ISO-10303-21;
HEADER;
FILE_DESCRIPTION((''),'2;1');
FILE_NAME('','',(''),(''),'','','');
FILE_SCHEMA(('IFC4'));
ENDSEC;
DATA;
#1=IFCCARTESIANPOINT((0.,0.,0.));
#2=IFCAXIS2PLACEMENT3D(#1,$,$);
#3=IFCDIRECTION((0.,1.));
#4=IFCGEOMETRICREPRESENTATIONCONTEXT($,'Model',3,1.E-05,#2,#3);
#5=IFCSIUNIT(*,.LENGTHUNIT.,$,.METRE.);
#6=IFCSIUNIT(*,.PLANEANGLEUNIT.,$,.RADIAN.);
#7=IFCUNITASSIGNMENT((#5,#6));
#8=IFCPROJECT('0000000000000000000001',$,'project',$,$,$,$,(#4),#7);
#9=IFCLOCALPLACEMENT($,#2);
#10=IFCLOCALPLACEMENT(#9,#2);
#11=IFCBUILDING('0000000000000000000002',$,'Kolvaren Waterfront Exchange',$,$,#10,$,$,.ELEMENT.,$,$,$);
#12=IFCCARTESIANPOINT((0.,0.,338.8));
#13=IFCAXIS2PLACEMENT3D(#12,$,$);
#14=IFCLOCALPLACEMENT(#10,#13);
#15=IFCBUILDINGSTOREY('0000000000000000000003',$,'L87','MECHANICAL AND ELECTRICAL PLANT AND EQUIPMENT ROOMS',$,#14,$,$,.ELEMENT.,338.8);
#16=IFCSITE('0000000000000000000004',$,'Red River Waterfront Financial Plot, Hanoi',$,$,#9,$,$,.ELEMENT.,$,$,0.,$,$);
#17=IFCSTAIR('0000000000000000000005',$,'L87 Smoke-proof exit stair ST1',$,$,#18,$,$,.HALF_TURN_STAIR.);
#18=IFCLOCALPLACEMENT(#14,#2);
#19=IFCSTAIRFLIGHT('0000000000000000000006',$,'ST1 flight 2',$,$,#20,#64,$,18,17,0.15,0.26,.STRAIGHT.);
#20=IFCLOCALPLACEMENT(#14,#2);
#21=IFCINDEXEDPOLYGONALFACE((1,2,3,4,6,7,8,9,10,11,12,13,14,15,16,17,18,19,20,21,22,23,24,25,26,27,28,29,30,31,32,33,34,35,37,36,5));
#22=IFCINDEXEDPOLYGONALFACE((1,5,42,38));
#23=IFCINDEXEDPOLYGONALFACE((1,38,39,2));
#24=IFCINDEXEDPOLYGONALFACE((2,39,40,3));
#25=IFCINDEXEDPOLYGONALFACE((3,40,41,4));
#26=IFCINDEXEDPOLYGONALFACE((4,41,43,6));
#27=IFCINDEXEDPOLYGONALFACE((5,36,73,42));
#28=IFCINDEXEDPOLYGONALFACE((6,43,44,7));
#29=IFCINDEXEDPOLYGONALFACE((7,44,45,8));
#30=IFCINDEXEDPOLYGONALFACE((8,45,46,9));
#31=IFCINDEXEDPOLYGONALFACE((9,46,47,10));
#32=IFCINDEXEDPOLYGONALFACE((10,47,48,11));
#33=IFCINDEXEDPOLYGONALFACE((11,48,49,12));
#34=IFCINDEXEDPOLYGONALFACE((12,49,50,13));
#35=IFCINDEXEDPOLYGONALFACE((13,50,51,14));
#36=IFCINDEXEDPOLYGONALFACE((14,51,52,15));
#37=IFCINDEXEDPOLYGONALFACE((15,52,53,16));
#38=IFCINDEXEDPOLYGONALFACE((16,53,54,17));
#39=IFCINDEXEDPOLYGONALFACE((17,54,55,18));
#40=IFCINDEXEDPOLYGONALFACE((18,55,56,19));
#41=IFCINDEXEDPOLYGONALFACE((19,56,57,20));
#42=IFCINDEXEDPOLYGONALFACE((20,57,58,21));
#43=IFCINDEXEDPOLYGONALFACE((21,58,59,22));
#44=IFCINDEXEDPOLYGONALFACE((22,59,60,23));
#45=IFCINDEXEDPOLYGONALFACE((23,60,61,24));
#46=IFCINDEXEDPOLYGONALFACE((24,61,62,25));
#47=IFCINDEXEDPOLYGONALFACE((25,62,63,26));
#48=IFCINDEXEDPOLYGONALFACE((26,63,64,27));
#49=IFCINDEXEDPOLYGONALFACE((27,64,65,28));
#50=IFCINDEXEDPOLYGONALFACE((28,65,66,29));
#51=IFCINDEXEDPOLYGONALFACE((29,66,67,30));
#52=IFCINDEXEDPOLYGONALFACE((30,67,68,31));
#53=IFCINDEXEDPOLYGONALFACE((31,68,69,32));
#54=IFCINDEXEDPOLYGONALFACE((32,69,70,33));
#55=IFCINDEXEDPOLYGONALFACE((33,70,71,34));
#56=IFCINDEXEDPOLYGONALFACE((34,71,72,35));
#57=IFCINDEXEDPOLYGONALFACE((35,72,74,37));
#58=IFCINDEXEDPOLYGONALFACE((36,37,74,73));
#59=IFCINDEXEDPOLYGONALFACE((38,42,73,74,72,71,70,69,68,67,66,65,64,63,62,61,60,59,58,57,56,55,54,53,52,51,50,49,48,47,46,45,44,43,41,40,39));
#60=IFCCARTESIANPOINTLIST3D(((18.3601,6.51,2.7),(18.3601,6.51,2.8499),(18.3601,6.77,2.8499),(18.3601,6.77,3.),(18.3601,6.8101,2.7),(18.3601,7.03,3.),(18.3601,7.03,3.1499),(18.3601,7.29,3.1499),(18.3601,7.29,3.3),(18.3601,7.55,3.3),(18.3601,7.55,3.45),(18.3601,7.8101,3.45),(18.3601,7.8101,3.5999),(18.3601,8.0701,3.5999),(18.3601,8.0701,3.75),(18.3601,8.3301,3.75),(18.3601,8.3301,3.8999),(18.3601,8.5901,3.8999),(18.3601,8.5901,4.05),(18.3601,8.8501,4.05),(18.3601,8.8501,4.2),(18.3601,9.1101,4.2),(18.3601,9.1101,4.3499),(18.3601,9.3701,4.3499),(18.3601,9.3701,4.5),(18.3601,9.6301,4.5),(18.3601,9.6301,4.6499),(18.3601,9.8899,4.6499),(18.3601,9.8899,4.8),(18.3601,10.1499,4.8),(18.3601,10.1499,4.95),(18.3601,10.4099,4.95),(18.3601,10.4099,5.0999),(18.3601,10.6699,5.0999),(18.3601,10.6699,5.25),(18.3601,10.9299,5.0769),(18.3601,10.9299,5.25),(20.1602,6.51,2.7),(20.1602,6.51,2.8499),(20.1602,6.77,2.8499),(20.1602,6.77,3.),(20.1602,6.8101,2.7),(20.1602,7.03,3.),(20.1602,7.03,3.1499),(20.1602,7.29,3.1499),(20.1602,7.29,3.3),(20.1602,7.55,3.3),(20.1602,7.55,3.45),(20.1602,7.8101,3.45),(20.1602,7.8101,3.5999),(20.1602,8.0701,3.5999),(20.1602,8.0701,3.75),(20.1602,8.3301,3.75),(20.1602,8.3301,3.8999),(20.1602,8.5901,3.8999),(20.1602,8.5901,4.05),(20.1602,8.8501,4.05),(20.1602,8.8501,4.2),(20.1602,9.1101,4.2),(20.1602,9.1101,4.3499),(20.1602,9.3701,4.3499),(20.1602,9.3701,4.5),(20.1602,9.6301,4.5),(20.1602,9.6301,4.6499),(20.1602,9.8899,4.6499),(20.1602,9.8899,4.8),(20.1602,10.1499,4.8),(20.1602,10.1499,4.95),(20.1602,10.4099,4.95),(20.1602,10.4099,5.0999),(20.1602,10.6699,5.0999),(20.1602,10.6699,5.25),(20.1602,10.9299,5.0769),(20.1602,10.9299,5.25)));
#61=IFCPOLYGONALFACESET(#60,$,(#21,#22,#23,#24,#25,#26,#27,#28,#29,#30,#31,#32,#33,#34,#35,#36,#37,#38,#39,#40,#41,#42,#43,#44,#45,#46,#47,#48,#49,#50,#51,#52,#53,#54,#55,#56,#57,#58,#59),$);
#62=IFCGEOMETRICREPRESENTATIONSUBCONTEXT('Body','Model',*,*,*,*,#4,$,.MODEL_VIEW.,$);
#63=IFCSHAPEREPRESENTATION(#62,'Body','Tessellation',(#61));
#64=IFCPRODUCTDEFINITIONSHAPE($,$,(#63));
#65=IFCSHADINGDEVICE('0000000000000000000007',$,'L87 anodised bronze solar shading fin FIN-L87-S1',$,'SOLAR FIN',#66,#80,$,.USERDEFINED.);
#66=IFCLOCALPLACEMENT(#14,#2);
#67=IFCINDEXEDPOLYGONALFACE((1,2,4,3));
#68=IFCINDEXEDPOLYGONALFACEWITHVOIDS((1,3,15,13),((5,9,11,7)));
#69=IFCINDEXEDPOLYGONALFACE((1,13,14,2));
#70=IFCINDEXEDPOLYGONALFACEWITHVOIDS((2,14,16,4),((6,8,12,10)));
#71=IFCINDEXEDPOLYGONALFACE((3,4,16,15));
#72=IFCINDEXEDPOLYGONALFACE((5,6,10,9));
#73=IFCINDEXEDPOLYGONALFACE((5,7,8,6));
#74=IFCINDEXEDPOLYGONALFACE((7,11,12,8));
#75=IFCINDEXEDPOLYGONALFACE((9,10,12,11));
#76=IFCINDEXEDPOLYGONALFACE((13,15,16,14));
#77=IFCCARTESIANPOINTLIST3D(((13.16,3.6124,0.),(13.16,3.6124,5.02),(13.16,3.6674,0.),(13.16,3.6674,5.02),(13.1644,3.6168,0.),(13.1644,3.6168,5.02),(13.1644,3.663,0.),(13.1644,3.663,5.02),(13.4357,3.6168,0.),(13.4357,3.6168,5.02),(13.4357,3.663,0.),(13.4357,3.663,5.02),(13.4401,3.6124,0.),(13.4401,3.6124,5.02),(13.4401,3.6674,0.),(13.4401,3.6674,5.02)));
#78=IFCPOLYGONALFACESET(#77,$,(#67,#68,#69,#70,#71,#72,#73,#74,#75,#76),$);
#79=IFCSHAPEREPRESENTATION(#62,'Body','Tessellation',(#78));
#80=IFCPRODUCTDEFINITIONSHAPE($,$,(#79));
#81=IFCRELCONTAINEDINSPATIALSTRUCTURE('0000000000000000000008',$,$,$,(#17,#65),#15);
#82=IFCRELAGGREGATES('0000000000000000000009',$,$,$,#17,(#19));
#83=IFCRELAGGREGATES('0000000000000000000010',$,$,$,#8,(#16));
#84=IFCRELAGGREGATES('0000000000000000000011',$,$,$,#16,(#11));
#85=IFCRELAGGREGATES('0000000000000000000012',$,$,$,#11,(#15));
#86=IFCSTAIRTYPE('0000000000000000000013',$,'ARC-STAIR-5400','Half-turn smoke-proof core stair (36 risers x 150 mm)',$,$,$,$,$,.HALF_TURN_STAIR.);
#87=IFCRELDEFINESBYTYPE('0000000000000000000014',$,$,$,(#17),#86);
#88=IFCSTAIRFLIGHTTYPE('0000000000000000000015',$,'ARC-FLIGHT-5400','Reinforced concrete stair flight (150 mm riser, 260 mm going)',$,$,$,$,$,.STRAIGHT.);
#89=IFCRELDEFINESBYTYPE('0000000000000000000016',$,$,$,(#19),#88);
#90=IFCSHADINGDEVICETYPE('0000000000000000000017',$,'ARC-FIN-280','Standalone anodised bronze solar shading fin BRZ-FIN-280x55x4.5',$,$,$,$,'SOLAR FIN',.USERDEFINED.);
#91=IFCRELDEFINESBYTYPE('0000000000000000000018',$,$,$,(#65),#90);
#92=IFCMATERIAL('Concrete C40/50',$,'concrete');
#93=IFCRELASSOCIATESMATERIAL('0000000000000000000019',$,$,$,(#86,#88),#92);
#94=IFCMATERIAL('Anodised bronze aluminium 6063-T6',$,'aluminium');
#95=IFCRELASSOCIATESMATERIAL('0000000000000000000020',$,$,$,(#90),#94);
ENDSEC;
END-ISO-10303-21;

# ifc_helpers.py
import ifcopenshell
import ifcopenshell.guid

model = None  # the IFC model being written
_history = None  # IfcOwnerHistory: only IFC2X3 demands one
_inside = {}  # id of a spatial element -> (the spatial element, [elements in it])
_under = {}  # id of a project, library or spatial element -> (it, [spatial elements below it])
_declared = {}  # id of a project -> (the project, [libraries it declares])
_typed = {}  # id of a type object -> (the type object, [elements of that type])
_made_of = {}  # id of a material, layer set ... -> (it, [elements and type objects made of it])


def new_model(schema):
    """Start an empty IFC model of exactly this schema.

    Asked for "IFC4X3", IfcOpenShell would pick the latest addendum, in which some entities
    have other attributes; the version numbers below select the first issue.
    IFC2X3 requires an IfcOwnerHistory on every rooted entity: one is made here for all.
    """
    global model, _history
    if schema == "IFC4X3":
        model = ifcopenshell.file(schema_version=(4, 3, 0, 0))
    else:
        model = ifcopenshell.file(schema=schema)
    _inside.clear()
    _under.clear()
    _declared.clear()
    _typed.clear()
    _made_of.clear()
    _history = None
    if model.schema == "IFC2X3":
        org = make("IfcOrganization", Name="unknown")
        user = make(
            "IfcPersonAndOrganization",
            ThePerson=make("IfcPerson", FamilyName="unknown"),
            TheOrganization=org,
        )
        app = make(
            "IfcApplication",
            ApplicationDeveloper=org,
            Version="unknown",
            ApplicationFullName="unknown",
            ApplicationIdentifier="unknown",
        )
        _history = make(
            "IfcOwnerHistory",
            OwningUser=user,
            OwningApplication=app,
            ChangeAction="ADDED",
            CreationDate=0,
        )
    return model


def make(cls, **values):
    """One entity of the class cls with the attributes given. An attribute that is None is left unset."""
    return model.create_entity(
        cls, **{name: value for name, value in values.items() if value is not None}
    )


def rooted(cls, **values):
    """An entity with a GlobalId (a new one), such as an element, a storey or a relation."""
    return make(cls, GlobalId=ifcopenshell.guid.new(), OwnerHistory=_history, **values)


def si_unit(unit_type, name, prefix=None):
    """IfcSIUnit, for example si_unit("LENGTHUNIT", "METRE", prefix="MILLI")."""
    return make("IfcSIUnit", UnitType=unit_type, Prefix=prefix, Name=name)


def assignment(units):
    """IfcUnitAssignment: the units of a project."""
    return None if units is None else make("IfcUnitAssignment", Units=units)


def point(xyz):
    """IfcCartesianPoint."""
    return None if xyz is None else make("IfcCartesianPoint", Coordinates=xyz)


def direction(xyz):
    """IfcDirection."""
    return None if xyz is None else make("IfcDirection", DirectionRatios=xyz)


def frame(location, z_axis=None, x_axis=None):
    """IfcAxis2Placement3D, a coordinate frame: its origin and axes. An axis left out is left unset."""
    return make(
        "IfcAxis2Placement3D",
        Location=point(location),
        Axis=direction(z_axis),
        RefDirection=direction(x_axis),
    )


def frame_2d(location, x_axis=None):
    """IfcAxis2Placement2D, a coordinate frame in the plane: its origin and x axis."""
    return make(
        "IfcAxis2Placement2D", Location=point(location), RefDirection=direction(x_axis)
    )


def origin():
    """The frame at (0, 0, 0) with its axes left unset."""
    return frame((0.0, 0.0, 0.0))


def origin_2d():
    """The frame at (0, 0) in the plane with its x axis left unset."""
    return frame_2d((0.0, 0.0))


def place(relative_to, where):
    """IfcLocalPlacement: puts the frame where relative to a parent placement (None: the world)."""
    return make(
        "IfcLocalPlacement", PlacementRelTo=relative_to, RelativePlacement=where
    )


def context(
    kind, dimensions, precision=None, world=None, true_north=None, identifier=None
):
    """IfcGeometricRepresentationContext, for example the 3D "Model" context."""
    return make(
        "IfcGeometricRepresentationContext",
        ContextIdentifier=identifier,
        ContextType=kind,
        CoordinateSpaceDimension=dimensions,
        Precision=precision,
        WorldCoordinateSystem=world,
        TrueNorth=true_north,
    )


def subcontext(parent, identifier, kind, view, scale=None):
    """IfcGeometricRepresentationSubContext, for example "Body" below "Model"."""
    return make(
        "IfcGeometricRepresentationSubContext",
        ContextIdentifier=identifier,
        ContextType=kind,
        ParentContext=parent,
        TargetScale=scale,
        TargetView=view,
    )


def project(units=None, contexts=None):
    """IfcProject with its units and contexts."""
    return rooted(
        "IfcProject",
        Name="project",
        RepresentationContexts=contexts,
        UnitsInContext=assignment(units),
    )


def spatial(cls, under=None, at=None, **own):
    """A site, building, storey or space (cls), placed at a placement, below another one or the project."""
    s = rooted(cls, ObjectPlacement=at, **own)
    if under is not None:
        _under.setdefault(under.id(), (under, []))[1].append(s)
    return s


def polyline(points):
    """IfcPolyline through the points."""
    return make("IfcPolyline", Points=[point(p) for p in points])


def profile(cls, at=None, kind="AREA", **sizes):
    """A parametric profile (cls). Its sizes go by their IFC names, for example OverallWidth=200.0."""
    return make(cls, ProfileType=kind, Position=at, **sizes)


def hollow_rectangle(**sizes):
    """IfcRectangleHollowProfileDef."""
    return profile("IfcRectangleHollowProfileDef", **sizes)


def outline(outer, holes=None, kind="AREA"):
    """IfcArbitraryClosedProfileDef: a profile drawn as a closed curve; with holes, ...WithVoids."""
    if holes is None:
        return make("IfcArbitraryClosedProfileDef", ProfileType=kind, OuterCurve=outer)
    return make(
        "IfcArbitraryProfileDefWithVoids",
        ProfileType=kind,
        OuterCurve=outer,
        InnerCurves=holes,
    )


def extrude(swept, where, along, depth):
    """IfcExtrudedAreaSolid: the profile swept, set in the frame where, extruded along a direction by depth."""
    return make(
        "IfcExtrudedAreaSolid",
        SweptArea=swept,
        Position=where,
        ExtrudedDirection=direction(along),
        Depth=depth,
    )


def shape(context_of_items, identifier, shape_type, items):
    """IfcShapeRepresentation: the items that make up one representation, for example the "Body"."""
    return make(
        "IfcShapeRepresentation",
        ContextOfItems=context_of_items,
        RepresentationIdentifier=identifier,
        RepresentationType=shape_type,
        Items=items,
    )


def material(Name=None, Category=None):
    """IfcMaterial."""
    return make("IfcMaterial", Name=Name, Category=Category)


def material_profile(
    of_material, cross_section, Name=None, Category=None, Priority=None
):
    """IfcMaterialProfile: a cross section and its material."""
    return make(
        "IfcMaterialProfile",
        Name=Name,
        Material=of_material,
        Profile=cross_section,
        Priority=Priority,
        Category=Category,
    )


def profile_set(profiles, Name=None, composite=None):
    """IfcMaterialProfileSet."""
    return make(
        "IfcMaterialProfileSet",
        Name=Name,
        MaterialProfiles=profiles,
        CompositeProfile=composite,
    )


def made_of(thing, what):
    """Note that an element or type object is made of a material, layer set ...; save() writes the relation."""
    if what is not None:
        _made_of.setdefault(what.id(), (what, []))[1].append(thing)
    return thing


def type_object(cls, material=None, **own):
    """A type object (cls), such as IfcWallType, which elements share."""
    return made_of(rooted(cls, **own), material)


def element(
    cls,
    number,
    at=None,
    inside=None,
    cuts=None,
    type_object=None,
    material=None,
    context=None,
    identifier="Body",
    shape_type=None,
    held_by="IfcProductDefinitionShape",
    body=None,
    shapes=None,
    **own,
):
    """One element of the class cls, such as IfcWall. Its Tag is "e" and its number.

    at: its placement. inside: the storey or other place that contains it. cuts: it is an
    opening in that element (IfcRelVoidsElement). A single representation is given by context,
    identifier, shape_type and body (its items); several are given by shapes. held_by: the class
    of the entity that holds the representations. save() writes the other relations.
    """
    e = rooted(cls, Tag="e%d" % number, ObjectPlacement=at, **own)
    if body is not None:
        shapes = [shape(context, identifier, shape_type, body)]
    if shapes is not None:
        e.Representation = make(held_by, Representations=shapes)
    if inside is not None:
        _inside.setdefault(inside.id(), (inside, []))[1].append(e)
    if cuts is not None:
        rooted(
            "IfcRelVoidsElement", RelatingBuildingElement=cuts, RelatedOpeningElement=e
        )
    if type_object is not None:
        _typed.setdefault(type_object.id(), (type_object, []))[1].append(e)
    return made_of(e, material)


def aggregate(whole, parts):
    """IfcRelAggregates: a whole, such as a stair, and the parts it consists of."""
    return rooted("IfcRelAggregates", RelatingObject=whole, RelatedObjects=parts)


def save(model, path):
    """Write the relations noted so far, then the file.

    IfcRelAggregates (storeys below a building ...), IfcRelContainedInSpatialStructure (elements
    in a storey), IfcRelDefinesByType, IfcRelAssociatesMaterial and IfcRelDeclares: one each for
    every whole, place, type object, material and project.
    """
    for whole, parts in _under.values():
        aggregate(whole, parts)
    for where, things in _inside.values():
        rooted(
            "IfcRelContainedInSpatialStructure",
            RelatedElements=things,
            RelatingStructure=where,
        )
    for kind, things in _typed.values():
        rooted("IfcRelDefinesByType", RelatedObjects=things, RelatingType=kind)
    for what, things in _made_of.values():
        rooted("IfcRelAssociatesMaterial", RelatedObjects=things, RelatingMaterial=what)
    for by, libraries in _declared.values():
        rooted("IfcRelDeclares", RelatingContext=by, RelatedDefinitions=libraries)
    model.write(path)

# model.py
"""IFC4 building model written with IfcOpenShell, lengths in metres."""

from ifc_helpers import new_model, si_unit, direction, frame, origin, origin_2d, place, context, subcontext, project, spatial, polyline, hollow_rectangle, outline, extrude, material, material_profile, profile_set, type_object, element, aggregate, save


model = new_model("IFC4")

# Units and contexts
model_context = context("Model", 3, precision=1e-05, world=origin(), true_north=direction((0.0, 1.0)))
body_context = subcontext(model_context, "Body", "Model", "MODEL_VIEW")
ifc_project = project(units=[si_unit("LENGTHUNIT", "METRE"), si_unit("PLANEANGLEUNIT", "RADIAN")], contexts=[model_context])

# Site, building, storey
site_placement = place(None, origin())
site = spatial("IfcSite", under=ifc_project, at=site_placement, Name="Red River Waterfront Financial Plot, Hanoi", CompositionType="ELEMENT", RefElevation=0.0)
building_placement = place(site_placement, origin())
building = spatial("IfcBuilding", under=site, at=building_placement, Name="Kolvaren Waterfront Exchange", CompositionType="ELEMENT")
storey_placement = place(building_placement, frame((0.0, 0.0, 338.8)))
storey = spatial("IfcBuildingStorey", under=building, at=storey_placement, Name="L87", Description="MECHANICAL AND ELECTRICAL PLANT AND EQUIPMENT ROOMS", CompositionType="ELEMENT", Elevation=338.8)

# Shared definitions
ifc_material_1 = material(Name="Anodised bronze aluminium 6063-T6", Category="aluminium")

# Shared definitions
ifc_material_2 = material(Name="Concrete C40/50", Category="concrete")

# Stair, stair flight
stair_type = type_object("IfcStairType", Name="ARC-STAIR-5400", Description="Half-turn smoke-proof core stair (36 risers x 150 mm)", PredefinedType="HALF_TURN_STAIR", material=ifc_material_2)
stair_placement = place(storey_placement, origin())
stair = element("IfcStair", 1, at=stair_placement, inside=storey, type_object=stair_type, Name="L87 Smoke-proof exit stair ST1", PredefinedType="HALF_TURN_STAIR")
stair_flight_type = type_object("IfcStairFlightType", Name="ARC-FLIGHT-5400", Description="Reinforced concrete stair flight (150 mm riser, 260 mm going)", PredefinedType="STRAIGHT", material=ifc_material_2)
stair_flight_placement = place(storey_placement, frame((19.26, 6.51, 2.7), z_axis=(0.0, 0.0, 1.0), x_axis=(0.0, 1.0, 0.0)))
stair_flight = element("IfcStairFlight", 2, at=stair_flight_placement, type_object=stair_flight_type, Name="ST1 flight 2", NumberOfRisers=18, NumberOfTreads=17, PredefinedType="STRAIGHT", RiserHeight=0.15, TreadLength=0.26, context=body_context, shape_type="SweptSolid", body=[
    extrude(outline(polyline([(0.0, 0.0), (0.0, 0.1499), (0.26, 0.1499), (0.26, 0.3), (0.52, 0.3), (0.52, 0.45), (0.78, 0.45), (0.78, 0.6001), (1.04, 0.6001), (1.04, 0.75), (1.3, 0.75), (1.3, 0.8999), (1.5601, 0.8999), (1.5601, 1.05), (1.8201, 1.05), (1.8201, 1.2), (2.0801, 1.2), (2.0801, 1.3501), (2.3401, 1.3501), (2.3401, 1.5), (2.6001, 1.5), (2.6001, 1.6499), (2.8601, 1.6499), (2.8601, 1.8), (3.1201, 1.8), (3.1201, 1.95), (3.3799, 1.95), (3.3799, 2.1001), (3.6399, 2.1001), (3.6399, 2.25), (3.8999, 2.25), (3.8999, 2.3999), (4.1599, 2.3999), (4.1599, 2.55), (4.4199, 2.55), (4.4199, 2.7), (4.4199, 2.377), (0.3, 0.0), (0.0, 0.0)])), frame((0.0, 0.8999, 0.0), z_axis=(0.0, -1.0, 0.0), x_axis=(1.0, 0.0, 0.0)), (0.0, 0.0, 1.0), 1.8),
])
aggregate(stair, [stair_flight])

# Shading device
ifc_material_profile_1 = material_profile(ifc_material_1, hollow_rectangle(XDim=0.0549, YDim=0.28, WallThickness=0.0044, at=origin_2d()), Name="BRZ-FIN-280x55x4.5")
ifc_profile_set_1 = profile_set([ifc_material_profile_1], Name="Anodised bronze aluminium 6063-T6")
shading_device_type_1 = type_object("IfcShadingDeviceType", Name="ARC-FIN-280", Description="Standalone anodised bronze solar shading fin BRZ-FIN-280x55x4.5", ElementType="SOLAR FIN", PredefinedType="USERDEFINED", material=ifc_profile_set_1)
shading_device_placement = place(storey_placement, frame((13.3, 3.6399, 0.0), z_axis=(0.0, 0.0, 1.0), x_axis=(0.0, -1.0, 0.0)))
element("IfcShadingDevice", 3, at=shading_device_placement, inside=storey, type_object=shading_device_type_1, Name="L87 anodised bronze solar shading fin FIN-L87-S1", ObjectType="SOLAR FIN", PredefinedType="USERDEFINED", context=body_context, shape_type="SweptSolid", body=[
    extrude(hollow_rectangle(XDim=0.0549, YDim=0.28, WallThickness=0.0044, at=origin_2d()), origin(), (0.0, 0.0, 1.0), 5.02),
])

save(model, "model.ifc")
